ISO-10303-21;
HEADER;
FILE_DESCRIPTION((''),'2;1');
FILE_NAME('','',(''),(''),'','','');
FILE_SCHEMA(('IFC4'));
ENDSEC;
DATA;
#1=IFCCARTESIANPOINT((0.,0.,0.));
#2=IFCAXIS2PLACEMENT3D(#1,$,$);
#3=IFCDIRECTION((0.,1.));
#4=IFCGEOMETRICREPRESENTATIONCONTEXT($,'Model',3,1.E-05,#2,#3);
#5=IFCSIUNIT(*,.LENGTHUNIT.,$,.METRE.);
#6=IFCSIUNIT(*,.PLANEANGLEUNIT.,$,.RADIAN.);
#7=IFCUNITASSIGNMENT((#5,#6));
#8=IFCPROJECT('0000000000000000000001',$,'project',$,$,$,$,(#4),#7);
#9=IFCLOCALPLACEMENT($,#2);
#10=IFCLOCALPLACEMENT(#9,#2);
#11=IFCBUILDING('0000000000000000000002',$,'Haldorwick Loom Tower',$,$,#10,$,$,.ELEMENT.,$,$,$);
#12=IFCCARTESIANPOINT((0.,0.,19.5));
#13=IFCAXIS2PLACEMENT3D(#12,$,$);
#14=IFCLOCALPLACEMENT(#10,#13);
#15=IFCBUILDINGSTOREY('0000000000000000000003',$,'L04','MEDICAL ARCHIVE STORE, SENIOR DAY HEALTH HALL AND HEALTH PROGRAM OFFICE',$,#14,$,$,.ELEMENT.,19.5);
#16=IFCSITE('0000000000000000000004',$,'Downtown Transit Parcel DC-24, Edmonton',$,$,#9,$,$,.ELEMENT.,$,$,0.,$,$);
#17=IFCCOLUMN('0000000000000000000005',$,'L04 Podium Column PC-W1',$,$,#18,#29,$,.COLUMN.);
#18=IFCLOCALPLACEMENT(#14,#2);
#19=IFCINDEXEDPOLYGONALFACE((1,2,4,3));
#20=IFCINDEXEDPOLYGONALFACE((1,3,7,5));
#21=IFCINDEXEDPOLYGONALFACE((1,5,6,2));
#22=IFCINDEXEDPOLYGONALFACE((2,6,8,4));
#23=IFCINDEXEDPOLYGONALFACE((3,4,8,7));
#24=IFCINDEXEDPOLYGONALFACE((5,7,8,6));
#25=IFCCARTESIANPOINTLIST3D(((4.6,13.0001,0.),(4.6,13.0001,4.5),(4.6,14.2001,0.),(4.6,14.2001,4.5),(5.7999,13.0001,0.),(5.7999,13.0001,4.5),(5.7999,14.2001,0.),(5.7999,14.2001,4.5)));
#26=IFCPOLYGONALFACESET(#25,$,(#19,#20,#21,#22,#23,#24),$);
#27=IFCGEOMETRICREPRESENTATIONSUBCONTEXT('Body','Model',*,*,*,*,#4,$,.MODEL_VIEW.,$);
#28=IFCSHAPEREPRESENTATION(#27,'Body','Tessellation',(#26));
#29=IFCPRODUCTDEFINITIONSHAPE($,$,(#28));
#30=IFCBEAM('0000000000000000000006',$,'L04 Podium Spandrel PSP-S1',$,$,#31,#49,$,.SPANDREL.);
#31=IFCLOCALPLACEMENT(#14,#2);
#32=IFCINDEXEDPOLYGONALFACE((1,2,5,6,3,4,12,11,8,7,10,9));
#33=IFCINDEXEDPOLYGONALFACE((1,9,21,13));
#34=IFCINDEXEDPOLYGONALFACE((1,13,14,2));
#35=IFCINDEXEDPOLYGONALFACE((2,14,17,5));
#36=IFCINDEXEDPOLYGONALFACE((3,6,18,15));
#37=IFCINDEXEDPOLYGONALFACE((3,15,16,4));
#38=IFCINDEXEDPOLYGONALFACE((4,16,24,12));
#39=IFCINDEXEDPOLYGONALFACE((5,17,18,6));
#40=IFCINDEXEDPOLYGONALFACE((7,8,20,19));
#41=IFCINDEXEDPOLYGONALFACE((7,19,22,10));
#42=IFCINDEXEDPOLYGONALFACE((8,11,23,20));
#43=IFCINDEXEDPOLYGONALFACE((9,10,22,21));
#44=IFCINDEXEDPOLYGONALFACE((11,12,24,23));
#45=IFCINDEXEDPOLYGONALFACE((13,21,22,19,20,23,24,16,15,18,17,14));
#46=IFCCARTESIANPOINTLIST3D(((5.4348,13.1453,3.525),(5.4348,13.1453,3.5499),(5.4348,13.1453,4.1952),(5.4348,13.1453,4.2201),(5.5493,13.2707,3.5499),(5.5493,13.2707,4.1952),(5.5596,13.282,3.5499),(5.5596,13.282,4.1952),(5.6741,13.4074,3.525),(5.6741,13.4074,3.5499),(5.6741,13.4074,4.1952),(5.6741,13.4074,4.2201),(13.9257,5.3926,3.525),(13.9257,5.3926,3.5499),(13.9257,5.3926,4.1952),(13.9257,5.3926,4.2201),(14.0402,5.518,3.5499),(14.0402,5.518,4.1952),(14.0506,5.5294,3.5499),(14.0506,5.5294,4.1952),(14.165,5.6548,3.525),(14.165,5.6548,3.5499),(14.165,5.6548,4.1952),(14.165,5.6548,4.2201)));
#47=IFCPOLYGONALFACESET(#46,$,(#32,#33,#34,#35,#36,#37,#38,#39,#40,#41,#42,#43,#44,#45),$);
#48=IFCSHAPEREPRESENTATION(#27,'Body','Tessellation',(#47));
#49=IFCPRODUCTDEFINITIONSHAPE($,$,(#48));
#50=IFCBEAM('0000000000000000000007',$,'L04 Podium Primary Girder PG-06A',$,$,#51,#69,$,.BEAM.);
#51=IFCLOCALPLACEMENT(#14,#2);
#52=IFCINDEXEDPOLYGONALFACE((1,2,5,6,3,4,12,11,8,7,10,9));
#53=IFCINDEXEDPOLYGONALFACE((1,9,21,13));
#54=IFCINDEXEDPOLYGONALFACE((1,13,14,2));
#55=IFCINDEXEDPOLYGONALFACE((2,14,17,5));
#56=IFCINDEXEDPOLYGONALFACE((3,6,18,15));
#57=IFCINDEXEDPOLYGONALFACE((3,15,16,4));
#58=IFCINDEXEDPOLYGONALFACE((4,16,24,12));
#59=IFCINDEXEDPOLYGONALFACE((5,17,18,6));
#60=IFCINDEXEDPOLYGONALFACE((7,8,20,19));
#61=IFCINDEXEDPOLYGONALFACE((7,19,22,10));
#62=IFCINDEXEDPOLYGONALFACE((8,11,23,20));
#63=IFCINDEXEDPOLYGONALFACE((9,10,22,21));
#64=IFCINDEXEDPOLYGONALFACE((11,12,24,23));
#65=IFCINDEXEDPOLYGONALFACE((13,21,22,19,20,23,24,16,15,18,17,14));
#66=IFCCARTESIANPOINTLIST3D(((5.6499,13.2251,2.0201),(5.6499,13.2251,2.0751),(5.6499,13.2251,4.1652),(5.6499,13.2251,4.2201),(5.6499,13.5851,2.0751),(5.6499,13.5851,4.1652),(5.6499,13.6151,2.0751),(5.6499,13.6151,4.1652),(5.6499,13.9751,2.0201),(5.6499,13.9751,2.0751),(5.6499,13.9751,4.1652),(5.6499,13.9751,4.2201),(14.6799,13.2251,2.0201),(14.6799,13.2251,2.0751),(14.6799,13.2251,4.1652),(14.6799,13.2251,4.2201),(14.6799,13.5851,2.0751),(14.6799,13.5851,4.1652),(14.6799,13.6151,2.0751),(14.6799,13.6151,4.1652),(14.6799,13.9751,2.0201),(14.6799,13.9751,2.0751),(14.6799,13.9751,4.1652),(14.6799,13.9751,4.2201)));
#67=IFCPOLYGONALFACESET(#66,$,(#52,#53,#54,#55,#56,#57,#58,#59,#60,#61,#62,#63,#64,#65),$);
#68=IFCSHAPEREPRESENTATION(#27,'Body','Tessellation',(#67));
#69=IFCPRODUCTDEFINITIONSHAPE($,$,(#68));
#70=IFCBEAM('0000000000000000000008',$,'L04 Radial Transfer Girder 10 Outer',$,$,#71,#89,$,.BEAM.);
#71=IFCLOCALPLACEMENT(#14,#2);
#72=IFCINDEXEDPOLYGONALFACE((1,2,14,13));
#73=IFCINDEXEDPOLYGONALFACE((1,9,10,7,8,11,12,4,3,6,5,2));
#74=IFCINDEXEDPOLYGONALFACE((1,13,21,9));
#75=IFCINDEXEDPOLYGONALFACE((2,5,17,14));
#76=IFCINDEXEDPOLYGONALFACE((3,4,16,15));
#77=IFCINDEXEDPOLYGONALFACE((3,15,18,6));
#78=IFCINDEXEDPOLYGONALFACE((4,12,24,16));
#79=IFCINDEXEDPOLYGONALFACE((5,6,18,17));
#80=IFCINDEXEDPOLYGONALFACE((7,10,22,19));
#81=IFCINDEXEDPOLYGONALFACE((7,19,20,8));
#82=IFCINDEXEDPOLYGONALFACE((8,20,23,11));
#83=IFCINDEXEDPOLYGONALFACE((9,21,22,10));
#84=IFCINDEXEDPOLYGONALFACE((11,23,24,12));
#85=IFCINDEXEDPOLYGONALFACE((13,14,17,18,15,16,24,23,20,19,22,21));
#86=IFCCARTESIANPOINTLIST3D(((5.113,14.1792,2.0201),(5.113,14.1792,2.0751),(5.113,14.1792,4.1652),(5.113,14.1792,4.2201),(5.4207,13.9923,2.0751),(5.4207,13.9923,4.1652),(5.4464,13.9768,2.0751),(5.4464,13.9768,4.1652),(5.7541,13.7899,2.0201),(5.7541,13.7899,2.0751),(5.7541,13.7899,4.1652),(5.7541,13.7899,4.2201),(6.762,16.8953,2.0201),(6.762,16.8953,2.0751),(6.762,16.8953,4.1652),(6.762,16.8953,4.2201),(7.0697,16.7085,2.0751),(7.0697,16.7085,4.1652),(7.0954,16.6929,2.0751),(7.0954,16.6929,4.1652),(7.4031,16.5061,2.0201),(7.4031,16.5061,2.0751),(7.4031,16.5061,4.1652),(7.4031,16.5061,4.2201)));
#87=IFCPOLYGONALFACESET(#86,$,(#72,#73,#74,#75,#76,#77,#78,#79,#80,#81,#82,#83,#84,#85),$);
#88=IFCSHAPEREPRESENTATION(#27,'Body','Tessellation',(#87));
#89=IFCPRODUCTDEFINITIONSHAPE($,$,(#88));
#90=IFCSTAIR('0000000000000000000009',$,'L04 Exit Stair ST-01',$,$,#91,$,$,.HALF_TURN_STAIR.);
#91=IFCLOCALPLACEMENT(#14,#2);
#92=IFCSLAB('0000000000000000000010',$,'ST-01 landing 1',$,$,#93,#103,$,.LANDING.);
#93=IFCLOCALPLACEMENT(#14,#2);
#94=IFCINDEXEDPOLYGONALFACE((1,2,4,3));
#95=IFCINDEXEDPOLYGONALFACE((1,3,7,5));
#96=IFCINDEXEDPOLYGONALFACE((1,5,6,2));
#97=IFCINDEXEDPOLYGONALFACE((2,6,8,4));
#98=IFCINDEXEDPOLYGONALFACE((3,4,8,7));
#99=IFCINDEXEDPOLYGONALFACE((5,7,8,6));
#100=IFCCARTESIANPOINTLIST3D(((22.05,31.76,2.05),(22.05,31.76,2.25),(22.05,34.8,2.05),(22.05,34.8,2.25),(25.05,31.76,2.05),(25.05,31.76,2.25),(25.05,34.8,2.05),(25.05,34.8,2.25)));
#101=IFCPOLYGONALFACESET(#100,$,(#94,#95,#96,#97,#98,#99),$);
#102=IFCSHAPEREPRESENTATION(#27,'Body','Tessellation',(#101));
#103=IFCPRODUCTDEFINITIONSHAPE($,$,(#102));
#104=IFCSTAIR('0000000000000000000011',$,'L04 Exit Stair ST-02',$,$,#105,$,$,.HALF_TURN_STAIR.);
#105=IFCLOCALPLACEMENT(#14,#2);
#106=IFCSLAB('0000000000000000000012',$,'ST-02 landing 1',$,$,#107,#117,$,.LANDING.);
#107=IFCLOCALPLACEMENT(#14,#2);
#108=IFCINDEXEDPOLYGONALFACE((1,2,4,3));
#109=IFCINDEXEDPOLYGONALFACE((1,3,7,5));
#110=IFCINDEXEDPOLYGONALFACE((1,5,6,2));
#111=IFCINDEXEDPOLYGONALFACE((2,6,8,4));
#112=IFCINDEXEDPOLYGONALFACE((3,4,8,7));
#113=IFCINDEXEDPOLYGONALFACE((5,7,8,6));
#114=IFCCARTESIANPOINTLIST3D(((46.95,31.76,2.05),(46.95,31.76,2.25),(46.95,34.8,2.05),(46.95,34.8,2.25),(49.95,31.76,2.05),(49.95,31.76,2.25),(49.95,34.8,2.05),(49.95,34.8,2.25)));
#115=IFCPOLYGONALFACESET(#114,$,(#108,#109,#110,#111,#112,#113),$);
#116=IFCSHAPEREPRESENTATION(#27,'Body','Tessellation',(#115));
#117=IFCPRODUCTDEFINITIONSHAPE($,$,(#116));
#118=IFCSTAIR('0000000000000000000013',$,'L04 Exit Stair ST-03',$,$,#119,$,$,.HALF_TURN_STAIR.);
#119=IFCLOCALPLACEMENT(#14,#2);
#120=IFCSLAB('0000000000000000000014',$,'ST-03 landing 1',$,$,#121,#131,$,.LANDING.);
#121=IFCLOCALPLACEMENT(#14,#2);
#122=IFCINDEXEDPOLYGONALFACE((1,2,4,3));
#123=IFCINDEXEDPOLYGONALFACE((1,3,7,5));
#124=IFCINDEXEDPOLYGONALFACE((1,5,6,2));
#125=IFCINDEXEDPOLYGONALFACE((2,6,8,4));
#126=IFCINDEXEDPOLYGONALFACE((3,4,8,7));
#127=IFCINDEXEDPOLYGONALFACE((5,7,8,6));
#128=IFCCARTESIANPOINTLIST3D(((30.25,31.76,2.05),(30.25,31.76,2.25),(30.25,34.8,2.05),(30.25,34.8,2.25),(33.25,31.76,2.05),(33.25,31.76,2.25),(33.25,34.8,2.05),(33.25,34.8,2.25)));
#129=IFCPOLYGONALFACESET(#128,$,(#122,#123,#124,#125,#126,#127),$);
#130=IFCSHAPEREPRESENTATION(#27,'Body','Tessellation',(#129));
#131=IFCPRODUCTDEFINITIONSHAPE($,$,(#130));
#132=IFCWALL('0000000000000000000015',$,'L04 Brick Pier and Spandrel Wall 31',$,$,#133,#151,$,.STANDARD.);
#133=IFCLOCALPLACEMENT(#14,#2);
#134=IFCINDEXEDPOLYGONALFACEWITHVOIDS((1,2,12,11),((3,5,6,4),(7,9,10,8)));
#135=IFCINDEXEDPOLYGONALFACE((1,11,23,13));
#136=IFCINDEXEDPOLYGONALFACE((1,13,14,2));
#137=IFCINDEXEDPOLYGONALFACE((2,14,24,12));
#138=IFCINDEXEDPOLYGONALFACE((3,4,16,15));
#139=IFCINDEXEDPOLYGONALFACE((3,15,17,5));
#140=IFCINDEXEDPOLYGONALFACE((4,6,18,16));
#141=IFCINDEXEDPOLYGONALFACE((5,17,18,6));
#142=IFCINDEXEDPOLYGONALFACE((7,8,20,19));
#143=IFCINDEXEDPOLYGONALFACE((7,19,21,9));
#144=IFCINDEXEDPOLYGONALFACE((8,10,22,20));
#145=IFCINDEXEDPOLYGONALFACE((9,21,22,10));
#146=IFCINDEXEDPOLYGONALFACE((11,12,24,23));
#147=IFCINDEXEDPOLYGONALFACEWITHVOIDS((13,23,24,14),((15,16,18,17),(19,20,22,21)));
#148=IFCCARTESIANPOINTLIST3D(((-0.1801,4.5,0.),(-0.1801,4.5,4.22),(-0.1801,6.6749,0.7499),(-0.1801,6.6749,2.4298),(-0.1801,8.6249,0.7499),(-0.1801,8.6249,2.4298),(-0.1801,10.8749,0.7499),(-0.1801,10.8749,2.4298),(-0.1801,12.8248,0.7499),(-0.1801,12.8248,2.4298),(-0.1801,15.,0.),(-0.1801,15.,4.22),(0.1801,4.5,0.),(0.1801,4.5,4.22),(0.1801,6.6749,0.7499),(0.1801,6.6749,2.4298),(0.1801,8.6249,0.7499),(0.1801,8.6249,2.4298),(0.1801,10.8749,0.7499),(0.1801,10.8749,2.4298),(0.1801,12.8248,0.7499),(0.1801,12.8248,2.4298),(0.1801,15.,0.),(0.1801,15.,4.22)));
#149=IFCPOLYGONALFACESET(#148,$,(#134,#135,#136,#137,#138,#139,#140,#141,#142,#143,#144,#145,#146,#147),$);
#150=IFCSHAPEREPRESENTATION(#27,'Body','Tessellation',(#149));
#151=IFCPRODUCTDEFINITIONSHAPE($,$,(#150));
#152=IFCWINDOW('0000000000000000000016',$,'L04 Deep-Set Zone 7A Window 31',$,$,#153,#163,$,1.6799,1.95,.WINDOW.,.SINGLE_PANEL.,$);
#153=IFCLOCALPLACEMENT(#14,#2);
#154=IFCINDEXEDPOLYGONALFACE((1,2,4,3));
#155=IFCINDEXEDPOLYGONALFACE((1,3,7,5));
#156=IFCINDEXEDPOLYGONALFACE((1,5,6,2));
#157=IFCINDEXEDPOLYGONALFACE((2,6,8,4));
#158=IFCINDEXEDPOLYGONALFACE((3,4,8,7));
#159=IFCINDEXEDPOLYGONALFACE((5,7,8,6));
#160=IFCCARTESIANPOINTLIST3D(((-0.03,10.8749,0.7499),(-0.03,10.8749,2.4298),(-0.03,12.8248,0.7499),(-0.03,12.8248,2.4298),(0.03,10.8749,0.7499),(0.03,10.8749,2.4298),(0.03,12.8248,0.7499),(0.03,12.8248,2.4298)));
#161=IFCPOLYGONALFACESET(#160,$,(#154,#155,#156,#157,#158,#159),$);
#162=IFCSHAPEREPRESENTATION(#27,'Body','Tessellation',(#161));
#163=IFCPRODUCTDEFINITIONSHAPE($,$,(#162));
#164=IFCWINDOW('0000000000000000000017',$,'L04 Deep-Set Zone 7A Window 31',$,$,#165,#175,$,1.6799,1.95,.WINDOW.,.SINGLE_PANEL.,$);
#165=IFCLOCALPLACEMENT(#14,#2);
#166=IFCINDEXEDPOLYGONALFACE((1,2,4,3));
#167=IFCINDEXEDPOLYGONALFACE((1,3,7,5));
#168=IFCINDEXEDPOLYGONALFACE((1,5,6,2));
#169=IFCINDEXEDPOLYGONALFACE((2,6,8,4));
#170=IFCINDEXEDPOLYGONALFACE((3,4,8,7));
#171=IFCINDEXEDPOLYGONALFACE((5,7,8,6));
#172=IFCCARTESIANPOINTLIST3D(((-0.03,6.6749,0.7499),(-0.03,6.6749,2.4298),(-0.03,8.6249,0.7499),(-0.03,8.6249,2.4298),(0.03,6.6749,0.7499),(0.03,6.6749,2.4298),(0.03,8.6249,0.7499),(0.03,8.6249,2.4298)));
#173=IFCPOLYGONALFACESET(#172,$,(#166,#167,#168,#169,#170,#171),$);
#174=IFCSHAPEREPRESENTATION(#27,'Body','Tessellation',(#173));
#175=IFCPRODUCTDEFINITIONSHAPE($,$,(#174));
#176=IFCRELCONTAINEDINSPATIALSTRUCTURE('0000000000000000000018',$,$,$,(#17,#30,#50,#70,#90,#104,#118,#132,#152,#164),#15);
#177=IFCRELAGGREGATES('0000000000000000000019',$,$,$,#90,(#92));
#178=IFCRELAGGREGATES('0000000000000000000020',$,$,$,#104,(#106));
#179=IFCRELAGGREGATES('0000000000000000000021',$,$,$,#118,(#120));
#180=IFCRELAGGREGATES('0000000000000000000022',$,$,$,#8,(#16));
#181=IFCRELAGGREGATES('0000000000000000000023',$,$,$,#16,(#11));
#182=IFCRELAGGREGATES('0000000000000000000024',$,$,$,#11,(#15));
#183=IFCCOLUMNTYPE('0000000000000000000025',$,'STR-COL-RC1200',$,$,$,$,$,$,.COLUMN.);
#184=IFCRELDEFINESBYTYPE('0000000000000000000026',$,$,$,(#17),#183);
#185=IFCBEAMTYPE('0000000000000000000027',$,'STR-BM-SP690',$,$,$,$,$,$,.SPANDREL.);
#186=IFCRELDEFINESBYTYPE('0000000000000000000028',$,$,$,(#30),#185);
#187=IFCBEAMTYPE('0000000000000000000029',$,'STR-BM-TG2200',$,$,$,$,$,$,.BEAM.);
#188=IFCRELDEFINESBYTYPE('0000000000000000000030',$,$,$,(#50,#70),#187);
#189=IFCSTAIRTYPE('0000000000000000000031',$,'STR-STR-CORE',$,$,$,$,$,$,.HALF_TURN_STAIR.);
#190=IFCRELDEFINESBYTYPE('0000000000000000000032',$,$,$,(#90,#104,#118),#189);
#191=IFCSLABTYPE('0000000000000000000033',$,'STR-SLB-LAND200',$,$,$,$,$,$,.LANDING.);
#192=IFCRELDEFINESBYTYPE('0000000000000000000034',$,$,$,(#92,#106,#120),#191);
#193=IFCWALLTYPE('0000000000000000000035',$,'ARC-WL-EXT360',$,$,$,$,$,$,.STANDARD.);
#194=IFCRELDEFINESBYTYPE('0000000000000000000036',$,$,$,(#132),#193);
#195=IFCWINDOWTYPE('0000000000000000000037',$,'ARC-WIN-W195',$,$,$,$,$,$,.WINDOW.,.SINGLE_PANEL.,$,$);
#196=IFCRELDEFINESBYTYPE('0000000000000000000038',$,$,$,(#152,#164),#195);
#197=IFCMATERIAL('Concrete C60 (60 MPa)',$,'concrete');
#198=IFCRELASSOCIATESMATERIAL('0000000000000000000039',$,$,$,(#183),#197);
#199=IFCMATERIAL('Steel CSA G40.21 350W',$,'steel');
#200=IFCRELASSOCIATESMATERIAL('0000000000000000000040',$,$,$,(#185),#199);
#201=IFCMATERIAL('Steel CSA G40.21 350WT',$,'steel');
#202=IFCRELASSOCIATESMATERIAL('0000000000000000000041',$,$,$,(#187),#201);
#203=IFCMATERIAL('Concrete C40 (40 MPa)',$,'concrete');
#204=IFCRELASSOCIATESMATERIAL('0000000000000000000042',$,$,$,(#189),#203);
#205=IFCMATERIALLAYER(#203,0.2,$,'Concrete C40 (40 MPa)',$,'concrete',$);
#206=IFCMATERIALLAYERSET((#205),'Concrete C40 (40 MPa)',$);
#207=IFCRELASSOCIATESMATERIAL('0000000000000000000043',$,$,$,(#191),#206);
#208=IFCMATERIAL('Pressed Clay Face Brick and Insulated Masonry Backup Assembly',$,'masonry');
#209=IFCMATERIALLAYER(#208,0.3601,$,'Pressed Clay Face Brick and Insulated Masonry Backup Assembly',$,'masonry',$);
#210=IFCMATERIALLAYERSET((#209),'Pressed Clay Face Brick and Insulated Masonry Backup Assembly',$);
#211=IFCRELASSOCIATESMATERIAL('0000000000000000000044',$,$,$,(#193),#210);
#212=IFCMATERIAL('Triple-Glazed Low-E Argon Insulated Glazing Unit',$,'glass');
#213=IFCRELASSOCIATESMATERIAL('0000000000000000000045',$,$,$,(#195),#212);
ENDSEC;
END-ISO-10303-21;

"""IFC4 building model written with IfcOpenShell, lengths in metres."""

from ifc_helpers import new_model, si_unit, direction, frame, frame_2d, origin, origin_2d, place, context, subcontext, project, spatial, polyline, rectangle, i_section, outline, extrude, material, layer, layer_set, material_profile, profile_set, type_object, element, fill, aggregate, save


model = new_model("IFC4")

# Units and contexts
model_context = context("Model", 3, precision=1e-05, world=origin(), true_north=direction((0.0, 1.0)))
body_context = subcontext(model_context, "Body", "Model", "MODEL_VIEW")
ifc_project = project(units=[si_unit("LENGTHUNIT", "METRE"), si_unit("PLANEANGLEUNIT", "RADIAN")], contexts=[model_context])

# Site, building, storey
site_placement = place(None, origin())
site = spatial("IfcSite", under=ifc_project, at=site_placement, Name="Downtown Transit Parcel DC-24, Edmonton", CompositionType="ELEMENT", RefElevation=0.0)
building_placement = place(site_placement, origin())
building = spatial("IfcBuilding", under=site, at=building_placement, Name="Haldorwick Loom Tower", CompositionType="ELEMENT")
storey_placement = place(building_placement, frame((0.0, 0.0, 19.5)))
storey = spatial("IfcBuildingStorey", under=building, at=storey_placement, Name="L04", Description="MEDICAL ARCHIVE STORE, SENIOR DAY HEALTH HALL AND HEALTH PROGRAM OFFICE", CompositionType="ELEMENT", Elevation=19.5)

# Column
ifc_material_1 = material(Name="Concrete C60 (60 MPa)", Category="concrete")
ifc_material_profile_1 = material_profile(ifc_material_1, rectangle(XDim=1.2, YDim=1.2, at=origin_2d()), Name="RC1200X1200", Category="concrete")
ifc_profile_set_1 = profile_set([ifc_material_profile_1], Name="Concrete C60 (60 MPa)")
column_type = type_object("IfcColumnType", Name="STR-COL-RC1200", PredefinedType="COLUMN", material=ifc_profile_set_1)
column_placement = place(storey_placement, frame((5.2, 13.6001, 0.0), z_axis=(0.0, 0.0, 1.0), x_axis=(1.0, 0.0, 0.0)))
element("IfcColumn", 1, at=column_placement, inside=storey, type_object=column_type, Name="L04 Podium Column PC-W1", PredefinedType="COLUMN", context=body_context, shape_type="SweptSolid", body=[
    extrude(rectangle(XDim=1.2, YDim=1.2, at=origin_2d()), origin(), (0.0, 0.0, 1.0), 4.5),
])

# Beams
ifc_material_2 = material(Name="Steel CSA G40.21 350W", Category="steel")
ifc_material_profile_2 = material_profile(ifc_material_2, i_section(OverallWidth=0.355, OverallDepth=0.6951, WebThickness=0.0154, FlangeThickness=0.0249, at=origin_2d()), Name="W690X217", Category="steel")
ifc_profile_set_2 = profile_set([ifc_material_profile_2], Name="Steel CSA G40.21 350W")
beam_type_1 = type_object("IfcBeamType", Name="STR-BM-SP690", PredefinedType="SPANDREL", material=ifc_profile_set_2)
beam_1_placement = place(storey_placement, frame((5.5544, 13.2764, 3.8726), z_axis=(0.738483, -0.674272, 0.0), x_axis=(0.674272, 0.738483, 0.0)))
element("IfcBeam", 2, at=beam_1_placement, inside=storey, type_object=beam_type_1, Name="L04 Podium Spandrel PSP-S1", PredefinedType="SPANDREL", context=body_context, shape_type="SweptSolid", body=[
    extrude(i_section(OverallWidth=0.355, OverallDepth=0.6951, WebThickness=0.0154, FlangeThickness=0.0249, at=origin_2d()), origin(), (0.0, 0.0, 1.0), 11.4978),
])
ifc_material_3 = material(Name="Steel CSA G40.21 350WT", Category="steel")
ifc_material_profile_3 = material_profile(ifc_material_3, i_section(OverallWidth=0.75, OverallDepth=2.2, WebThickness=0.03, FlangeThickness=0.0549, at=origin_2d()), Name="WWF2200X750", Category="steel")
ifc_profile_set_3 = profile_set([ifc_material_profile_3], Name="Steel CSA G40.21 350WT")
beam_type_2 = type_object("IfcBeamType", Name="STR-BM-TG2200", PredefinedType="BEAM", material=ifc_profile_set_3)
beam_2_placement = place(storey_placement, frame((5.6499, 13.6001, 3.1201), z_axis=(1.0, 0.0, 0.0), x_axis=(0.0, 1.0, 0.0)))
element("IfcBeam", 3, at=beam_2_placement, inside=storey, type_object=beam_type_2, Name="L04 Podium Primary Girder PG-06A", PredefinedType="BEAM", context=body_context, shape_type="SweptSolid", body=[
    extrude(i_section(OverallWidth=0.75, OverallDepth=2.2, WebThickness=0.03, FlangeThickness=0.0549, at=origin_2d()), origin(), (0.0, 0.0, 1.0), 9.03),
])
beam_3_placement = place(storey_placement, frame((7.0825, 16.7007, 3.1201), z_axis=(-0.518952, -0.854803, 0.0), x_axis=(0.854803, -0.518952, 0.0)))
element("IfcBeam", 4, at=beam_3_placement, inside=storey, type_object=beam_type_2, Name="L04 Radial Transfer Girder 10 Outer", PredefinedType="BEAM", context=body_context, shape_type="SweptSolid", body=[
    extrude(i_section(OverallWidth=0.75, OverallDepth=2.2, WebThickness=0.03, FlangeThickness=0.0549, at=origin_2d()), origin(), (0.0, 0.0, 1.0), 3.1775),
])

# Stairs, slabs
ifc_material_4 = material(Name="Concrete C40 (40 MPa)", Category="concrete")
stair_type = type_object("IfcStairType", Name="STR-STR-CORE", PredefinedType="HALF_TURN_STAIR", material=ifc_material_4)
stair_1_placement = place(storey_placement, origin())
stair_1 = element("IfcStair", 5, at=stair_1_placement, inside=storey, type_object=stair_type, Name="L04 Exit Stair ST-01", PredefinedType="HALF_TURN_STAIR")
ifc_layer_1 = layer(ifc_material_4, 0.2, Name="Concrete C40 (40 MPa)", Category="concrete")
ifc_layer_set_1 = layer_set([ifc_layer_1], Name="Concrete C40 (40 MPa)")
slab_type = type_object("IfcSlabType", Name="STR-SLB-LAND200", PredefinedType="LANDING", material=ifc_layer_set_1)
slab_1_placement = place(storey_placement, frame((0.0, 0.0, 2.05)))
slab_1 = element("IfcSlab", 6, at=slab_1_placement, type_object=slab_type, Name="ST-01 landing 1", PredefinedType="LANDING", context=body_context, shape_type="SweptSolid", body=[
    extrude(outline(polyline([(25.05, 31.76), (25.05, 34.8), (22.05, 34.8), (22.05, 31.76), (25.05, 31.76)])), origin(), (0.0, 0.0, 1.0), 0.2),
])
aggregate(stair_1, [slab_1])
stair_2_placement = place(storey_placement, origin())
stair_2 = element("IfcStair", 7, at=stair_2_placement, inside=storey, type_object=stair_type, Name="L04 Exit Stair ST-02", PredefinedType="HALF_TURN_STAIR")
slab_2_placement = place(storey_placement, frame((0.0, 0.0, 2.05)))
slab_2 = element("IfcSlab", 8, at=slab_2_placement, type_object=slab_type, Name="ST-02 landing 1", PredefinedType="LANDING", context=body_context, shape_type="SweptSolid", body=[
    extrude(outline(polyline([(49.95, 31.76), (49.95, 34.8), (46.95, 34.8), (46.95, 31.76), (49.95, 31.76)])), origin(), (0.0, 0.0, 1.0), 0.2),
])
aggregate(stair_2, [slab_2])
stair_3_placement = place(storey_placement, origin())
stair_3 = element("IfcStair", 9, at=stair_3_placement, inside=storey, type_object=stair_type, Name="L04 Exit Stair ST-03", PredefinedType="HALF_TURN_STAIR")
slab_3_placement = place(storey_placement, frame((0.0, 0.0, 2.05)))
slab_3 = element("IfcSlab", 10, at=slab_3_placement, type_object=slab_type, Name="ST-03 landing 1", PredefinedType="LANDING", context=body_context, shape_type="SweptSolid", body=[
    extrude(outline(polyline([(33.25, 31.76), (33.25, 34.8), (30.25, 34.8), (30.25, 31.76), (33.25, 31.76)])), origin(), (0.0, 0.0, 1.0), 0.2),
])
aggregate(stair_3, [slab_3])

# Wall, openings, windows
ifc_material_5 = material(Name="Pressed Clay Face Brick and Insulated Masonry Backup Assembly", Category="masonry")
ifc_layer_2 = layer(ifc_material_5, 0.3601, Name="Pressed Clay Face Brick and Insulated Masonry Backup Assembly", Category="masonry")
ifc_layer_set_2 = layer_set([ifc_layer_2], Name="Pressed Clay Face Brick and Insulated Masonry Backup Assembly")
wall_type_1 = type_object("IfcWallType", Name="ARC-WL-EXT360", PredefinedType="STANDARD", material=ifc_layer_set_2)
wall_1_placement = place(storey_placement, frame((0.0, 15.0, 0.0), z_axis=(0.0, 0.0, 1.0), x_axis=(0.0, -1.0, 0.0)))
wall_1 = element("IfcWall", 11, at=wall_1_placement, inside=storey, type_object=wall_type_1, Name="L04 Brick Pier and Spandrel Wall 31", PredefinedType="STANDARD", context=body_context, shape_type="SweptSolid", body=[
    extrude(rectangle(XDim=10.5, YDim=0.3601, at=frame_2d((5.25, 0.0))), origin(), (0.0, 0.0, 1.0), 4.22),
])
opening_1_placement = place(wall_1_placement, frame((2.175, 0.0, 0.75)))
opening_1 = element("IfcOpeningElement", 12, at=opening_1_placement, cuts=wall_1, PredefinedType="OPENING", context=body_context, shape_type="SweptSolid", body=[
    extrude(rectangle(XDim=1.95, YDim=1.6799, at=frame_2d((0.9751, 0.8398))), frame((0.0, 0.1899, 0.0), z_axis=(0.0, -1.0, 0.0), x_axis=(1.0, 0.0, 0.0)), (0.0, 0.0, 1.0), 0.3801),
])
opening_2_placement = place(wall_1_placement, frame((6.375, 0.0, 0.75)))
opening_2 = element("IfcOpeningElement", 13, at=opening_2_placement, cuts=wall_1, PredefinedType="OPENING", context=body_context, shape_type="SweptSolid", body=[
    extrude(rectangle(XDim=1.95, YDim=1.6799, at=frame_2d((0.9751, 0.8398))), frame((0.0, 0.1899, 0.0), z_axis=(0.0, -1.0, 0.0), x_axis=(1.0, 0.0, 0.0)), (0.0, 0.0, 1.0), 0.3801),
])
ifc_material_6 = material(Name="Triple-Glazed Low-E Argon Insulated Glazing Unit", Category="glass")
window_type = type_object("IfcWindowType", Name="ARC-WIN-W195", PartitioningType="SINGLE_PANEL", PredefinedType="WINDOW", material=ifc_material_6)
window_1_placement = place(opening_1_placement, origin())
window_1 = element("IfcWindow", 14, at=window_1_placement, inside=storey, type_object=window_type, Name="L04 Deep-Set Zone 7A Window 31", OverallHeight=1.6799, OverallWidth=1.95, PartitioningType="SINGLE_PANEL", PredefinedType="WINDOW", context=body_context, shape_type="SweptSolid", body=[
    extrude(rectangle(XDim=1.95, YDim=1.6799, at=frame_2d((0.9751, 0.8398))), frame((0.0, 0.03, 0.0), z_axis=(0.0, -1.0, 0.0), x_axis=(1.0, 0.0, 0.0)), (0.0, 0.0, 1.0), 0.0601),
])
fill(opening_1, window_1)
window_2_placement = place(opening_2_placement, origin())
window_2 = element("IfcWindow", 15, at=window_2_placement, inside=storey, type_object=window_type, Name="L04 Deep-Set Zone 7A Window 31", OverallHeight=1.6799, OverallWidth=1.95, PartitioningType="SINGLE_PANEL", PredefinedType="WINDOW", context=body_context, shape_type="SweptSolid", body=[
    extrude(rectangle(XDim=1.95, YDim=1.6799, at=frame_2d((0.9751, 0.8398))), frame((0.0, 0.03, 0.0), z_axis=(0.0, -1.0, 0.0), x_axis=(1.0, 0.0, 0.0)), (0.0, 0.0, 1.0), 0.0601),
])
fill(opening_2, window_2)

save(model, "model.ifc")
